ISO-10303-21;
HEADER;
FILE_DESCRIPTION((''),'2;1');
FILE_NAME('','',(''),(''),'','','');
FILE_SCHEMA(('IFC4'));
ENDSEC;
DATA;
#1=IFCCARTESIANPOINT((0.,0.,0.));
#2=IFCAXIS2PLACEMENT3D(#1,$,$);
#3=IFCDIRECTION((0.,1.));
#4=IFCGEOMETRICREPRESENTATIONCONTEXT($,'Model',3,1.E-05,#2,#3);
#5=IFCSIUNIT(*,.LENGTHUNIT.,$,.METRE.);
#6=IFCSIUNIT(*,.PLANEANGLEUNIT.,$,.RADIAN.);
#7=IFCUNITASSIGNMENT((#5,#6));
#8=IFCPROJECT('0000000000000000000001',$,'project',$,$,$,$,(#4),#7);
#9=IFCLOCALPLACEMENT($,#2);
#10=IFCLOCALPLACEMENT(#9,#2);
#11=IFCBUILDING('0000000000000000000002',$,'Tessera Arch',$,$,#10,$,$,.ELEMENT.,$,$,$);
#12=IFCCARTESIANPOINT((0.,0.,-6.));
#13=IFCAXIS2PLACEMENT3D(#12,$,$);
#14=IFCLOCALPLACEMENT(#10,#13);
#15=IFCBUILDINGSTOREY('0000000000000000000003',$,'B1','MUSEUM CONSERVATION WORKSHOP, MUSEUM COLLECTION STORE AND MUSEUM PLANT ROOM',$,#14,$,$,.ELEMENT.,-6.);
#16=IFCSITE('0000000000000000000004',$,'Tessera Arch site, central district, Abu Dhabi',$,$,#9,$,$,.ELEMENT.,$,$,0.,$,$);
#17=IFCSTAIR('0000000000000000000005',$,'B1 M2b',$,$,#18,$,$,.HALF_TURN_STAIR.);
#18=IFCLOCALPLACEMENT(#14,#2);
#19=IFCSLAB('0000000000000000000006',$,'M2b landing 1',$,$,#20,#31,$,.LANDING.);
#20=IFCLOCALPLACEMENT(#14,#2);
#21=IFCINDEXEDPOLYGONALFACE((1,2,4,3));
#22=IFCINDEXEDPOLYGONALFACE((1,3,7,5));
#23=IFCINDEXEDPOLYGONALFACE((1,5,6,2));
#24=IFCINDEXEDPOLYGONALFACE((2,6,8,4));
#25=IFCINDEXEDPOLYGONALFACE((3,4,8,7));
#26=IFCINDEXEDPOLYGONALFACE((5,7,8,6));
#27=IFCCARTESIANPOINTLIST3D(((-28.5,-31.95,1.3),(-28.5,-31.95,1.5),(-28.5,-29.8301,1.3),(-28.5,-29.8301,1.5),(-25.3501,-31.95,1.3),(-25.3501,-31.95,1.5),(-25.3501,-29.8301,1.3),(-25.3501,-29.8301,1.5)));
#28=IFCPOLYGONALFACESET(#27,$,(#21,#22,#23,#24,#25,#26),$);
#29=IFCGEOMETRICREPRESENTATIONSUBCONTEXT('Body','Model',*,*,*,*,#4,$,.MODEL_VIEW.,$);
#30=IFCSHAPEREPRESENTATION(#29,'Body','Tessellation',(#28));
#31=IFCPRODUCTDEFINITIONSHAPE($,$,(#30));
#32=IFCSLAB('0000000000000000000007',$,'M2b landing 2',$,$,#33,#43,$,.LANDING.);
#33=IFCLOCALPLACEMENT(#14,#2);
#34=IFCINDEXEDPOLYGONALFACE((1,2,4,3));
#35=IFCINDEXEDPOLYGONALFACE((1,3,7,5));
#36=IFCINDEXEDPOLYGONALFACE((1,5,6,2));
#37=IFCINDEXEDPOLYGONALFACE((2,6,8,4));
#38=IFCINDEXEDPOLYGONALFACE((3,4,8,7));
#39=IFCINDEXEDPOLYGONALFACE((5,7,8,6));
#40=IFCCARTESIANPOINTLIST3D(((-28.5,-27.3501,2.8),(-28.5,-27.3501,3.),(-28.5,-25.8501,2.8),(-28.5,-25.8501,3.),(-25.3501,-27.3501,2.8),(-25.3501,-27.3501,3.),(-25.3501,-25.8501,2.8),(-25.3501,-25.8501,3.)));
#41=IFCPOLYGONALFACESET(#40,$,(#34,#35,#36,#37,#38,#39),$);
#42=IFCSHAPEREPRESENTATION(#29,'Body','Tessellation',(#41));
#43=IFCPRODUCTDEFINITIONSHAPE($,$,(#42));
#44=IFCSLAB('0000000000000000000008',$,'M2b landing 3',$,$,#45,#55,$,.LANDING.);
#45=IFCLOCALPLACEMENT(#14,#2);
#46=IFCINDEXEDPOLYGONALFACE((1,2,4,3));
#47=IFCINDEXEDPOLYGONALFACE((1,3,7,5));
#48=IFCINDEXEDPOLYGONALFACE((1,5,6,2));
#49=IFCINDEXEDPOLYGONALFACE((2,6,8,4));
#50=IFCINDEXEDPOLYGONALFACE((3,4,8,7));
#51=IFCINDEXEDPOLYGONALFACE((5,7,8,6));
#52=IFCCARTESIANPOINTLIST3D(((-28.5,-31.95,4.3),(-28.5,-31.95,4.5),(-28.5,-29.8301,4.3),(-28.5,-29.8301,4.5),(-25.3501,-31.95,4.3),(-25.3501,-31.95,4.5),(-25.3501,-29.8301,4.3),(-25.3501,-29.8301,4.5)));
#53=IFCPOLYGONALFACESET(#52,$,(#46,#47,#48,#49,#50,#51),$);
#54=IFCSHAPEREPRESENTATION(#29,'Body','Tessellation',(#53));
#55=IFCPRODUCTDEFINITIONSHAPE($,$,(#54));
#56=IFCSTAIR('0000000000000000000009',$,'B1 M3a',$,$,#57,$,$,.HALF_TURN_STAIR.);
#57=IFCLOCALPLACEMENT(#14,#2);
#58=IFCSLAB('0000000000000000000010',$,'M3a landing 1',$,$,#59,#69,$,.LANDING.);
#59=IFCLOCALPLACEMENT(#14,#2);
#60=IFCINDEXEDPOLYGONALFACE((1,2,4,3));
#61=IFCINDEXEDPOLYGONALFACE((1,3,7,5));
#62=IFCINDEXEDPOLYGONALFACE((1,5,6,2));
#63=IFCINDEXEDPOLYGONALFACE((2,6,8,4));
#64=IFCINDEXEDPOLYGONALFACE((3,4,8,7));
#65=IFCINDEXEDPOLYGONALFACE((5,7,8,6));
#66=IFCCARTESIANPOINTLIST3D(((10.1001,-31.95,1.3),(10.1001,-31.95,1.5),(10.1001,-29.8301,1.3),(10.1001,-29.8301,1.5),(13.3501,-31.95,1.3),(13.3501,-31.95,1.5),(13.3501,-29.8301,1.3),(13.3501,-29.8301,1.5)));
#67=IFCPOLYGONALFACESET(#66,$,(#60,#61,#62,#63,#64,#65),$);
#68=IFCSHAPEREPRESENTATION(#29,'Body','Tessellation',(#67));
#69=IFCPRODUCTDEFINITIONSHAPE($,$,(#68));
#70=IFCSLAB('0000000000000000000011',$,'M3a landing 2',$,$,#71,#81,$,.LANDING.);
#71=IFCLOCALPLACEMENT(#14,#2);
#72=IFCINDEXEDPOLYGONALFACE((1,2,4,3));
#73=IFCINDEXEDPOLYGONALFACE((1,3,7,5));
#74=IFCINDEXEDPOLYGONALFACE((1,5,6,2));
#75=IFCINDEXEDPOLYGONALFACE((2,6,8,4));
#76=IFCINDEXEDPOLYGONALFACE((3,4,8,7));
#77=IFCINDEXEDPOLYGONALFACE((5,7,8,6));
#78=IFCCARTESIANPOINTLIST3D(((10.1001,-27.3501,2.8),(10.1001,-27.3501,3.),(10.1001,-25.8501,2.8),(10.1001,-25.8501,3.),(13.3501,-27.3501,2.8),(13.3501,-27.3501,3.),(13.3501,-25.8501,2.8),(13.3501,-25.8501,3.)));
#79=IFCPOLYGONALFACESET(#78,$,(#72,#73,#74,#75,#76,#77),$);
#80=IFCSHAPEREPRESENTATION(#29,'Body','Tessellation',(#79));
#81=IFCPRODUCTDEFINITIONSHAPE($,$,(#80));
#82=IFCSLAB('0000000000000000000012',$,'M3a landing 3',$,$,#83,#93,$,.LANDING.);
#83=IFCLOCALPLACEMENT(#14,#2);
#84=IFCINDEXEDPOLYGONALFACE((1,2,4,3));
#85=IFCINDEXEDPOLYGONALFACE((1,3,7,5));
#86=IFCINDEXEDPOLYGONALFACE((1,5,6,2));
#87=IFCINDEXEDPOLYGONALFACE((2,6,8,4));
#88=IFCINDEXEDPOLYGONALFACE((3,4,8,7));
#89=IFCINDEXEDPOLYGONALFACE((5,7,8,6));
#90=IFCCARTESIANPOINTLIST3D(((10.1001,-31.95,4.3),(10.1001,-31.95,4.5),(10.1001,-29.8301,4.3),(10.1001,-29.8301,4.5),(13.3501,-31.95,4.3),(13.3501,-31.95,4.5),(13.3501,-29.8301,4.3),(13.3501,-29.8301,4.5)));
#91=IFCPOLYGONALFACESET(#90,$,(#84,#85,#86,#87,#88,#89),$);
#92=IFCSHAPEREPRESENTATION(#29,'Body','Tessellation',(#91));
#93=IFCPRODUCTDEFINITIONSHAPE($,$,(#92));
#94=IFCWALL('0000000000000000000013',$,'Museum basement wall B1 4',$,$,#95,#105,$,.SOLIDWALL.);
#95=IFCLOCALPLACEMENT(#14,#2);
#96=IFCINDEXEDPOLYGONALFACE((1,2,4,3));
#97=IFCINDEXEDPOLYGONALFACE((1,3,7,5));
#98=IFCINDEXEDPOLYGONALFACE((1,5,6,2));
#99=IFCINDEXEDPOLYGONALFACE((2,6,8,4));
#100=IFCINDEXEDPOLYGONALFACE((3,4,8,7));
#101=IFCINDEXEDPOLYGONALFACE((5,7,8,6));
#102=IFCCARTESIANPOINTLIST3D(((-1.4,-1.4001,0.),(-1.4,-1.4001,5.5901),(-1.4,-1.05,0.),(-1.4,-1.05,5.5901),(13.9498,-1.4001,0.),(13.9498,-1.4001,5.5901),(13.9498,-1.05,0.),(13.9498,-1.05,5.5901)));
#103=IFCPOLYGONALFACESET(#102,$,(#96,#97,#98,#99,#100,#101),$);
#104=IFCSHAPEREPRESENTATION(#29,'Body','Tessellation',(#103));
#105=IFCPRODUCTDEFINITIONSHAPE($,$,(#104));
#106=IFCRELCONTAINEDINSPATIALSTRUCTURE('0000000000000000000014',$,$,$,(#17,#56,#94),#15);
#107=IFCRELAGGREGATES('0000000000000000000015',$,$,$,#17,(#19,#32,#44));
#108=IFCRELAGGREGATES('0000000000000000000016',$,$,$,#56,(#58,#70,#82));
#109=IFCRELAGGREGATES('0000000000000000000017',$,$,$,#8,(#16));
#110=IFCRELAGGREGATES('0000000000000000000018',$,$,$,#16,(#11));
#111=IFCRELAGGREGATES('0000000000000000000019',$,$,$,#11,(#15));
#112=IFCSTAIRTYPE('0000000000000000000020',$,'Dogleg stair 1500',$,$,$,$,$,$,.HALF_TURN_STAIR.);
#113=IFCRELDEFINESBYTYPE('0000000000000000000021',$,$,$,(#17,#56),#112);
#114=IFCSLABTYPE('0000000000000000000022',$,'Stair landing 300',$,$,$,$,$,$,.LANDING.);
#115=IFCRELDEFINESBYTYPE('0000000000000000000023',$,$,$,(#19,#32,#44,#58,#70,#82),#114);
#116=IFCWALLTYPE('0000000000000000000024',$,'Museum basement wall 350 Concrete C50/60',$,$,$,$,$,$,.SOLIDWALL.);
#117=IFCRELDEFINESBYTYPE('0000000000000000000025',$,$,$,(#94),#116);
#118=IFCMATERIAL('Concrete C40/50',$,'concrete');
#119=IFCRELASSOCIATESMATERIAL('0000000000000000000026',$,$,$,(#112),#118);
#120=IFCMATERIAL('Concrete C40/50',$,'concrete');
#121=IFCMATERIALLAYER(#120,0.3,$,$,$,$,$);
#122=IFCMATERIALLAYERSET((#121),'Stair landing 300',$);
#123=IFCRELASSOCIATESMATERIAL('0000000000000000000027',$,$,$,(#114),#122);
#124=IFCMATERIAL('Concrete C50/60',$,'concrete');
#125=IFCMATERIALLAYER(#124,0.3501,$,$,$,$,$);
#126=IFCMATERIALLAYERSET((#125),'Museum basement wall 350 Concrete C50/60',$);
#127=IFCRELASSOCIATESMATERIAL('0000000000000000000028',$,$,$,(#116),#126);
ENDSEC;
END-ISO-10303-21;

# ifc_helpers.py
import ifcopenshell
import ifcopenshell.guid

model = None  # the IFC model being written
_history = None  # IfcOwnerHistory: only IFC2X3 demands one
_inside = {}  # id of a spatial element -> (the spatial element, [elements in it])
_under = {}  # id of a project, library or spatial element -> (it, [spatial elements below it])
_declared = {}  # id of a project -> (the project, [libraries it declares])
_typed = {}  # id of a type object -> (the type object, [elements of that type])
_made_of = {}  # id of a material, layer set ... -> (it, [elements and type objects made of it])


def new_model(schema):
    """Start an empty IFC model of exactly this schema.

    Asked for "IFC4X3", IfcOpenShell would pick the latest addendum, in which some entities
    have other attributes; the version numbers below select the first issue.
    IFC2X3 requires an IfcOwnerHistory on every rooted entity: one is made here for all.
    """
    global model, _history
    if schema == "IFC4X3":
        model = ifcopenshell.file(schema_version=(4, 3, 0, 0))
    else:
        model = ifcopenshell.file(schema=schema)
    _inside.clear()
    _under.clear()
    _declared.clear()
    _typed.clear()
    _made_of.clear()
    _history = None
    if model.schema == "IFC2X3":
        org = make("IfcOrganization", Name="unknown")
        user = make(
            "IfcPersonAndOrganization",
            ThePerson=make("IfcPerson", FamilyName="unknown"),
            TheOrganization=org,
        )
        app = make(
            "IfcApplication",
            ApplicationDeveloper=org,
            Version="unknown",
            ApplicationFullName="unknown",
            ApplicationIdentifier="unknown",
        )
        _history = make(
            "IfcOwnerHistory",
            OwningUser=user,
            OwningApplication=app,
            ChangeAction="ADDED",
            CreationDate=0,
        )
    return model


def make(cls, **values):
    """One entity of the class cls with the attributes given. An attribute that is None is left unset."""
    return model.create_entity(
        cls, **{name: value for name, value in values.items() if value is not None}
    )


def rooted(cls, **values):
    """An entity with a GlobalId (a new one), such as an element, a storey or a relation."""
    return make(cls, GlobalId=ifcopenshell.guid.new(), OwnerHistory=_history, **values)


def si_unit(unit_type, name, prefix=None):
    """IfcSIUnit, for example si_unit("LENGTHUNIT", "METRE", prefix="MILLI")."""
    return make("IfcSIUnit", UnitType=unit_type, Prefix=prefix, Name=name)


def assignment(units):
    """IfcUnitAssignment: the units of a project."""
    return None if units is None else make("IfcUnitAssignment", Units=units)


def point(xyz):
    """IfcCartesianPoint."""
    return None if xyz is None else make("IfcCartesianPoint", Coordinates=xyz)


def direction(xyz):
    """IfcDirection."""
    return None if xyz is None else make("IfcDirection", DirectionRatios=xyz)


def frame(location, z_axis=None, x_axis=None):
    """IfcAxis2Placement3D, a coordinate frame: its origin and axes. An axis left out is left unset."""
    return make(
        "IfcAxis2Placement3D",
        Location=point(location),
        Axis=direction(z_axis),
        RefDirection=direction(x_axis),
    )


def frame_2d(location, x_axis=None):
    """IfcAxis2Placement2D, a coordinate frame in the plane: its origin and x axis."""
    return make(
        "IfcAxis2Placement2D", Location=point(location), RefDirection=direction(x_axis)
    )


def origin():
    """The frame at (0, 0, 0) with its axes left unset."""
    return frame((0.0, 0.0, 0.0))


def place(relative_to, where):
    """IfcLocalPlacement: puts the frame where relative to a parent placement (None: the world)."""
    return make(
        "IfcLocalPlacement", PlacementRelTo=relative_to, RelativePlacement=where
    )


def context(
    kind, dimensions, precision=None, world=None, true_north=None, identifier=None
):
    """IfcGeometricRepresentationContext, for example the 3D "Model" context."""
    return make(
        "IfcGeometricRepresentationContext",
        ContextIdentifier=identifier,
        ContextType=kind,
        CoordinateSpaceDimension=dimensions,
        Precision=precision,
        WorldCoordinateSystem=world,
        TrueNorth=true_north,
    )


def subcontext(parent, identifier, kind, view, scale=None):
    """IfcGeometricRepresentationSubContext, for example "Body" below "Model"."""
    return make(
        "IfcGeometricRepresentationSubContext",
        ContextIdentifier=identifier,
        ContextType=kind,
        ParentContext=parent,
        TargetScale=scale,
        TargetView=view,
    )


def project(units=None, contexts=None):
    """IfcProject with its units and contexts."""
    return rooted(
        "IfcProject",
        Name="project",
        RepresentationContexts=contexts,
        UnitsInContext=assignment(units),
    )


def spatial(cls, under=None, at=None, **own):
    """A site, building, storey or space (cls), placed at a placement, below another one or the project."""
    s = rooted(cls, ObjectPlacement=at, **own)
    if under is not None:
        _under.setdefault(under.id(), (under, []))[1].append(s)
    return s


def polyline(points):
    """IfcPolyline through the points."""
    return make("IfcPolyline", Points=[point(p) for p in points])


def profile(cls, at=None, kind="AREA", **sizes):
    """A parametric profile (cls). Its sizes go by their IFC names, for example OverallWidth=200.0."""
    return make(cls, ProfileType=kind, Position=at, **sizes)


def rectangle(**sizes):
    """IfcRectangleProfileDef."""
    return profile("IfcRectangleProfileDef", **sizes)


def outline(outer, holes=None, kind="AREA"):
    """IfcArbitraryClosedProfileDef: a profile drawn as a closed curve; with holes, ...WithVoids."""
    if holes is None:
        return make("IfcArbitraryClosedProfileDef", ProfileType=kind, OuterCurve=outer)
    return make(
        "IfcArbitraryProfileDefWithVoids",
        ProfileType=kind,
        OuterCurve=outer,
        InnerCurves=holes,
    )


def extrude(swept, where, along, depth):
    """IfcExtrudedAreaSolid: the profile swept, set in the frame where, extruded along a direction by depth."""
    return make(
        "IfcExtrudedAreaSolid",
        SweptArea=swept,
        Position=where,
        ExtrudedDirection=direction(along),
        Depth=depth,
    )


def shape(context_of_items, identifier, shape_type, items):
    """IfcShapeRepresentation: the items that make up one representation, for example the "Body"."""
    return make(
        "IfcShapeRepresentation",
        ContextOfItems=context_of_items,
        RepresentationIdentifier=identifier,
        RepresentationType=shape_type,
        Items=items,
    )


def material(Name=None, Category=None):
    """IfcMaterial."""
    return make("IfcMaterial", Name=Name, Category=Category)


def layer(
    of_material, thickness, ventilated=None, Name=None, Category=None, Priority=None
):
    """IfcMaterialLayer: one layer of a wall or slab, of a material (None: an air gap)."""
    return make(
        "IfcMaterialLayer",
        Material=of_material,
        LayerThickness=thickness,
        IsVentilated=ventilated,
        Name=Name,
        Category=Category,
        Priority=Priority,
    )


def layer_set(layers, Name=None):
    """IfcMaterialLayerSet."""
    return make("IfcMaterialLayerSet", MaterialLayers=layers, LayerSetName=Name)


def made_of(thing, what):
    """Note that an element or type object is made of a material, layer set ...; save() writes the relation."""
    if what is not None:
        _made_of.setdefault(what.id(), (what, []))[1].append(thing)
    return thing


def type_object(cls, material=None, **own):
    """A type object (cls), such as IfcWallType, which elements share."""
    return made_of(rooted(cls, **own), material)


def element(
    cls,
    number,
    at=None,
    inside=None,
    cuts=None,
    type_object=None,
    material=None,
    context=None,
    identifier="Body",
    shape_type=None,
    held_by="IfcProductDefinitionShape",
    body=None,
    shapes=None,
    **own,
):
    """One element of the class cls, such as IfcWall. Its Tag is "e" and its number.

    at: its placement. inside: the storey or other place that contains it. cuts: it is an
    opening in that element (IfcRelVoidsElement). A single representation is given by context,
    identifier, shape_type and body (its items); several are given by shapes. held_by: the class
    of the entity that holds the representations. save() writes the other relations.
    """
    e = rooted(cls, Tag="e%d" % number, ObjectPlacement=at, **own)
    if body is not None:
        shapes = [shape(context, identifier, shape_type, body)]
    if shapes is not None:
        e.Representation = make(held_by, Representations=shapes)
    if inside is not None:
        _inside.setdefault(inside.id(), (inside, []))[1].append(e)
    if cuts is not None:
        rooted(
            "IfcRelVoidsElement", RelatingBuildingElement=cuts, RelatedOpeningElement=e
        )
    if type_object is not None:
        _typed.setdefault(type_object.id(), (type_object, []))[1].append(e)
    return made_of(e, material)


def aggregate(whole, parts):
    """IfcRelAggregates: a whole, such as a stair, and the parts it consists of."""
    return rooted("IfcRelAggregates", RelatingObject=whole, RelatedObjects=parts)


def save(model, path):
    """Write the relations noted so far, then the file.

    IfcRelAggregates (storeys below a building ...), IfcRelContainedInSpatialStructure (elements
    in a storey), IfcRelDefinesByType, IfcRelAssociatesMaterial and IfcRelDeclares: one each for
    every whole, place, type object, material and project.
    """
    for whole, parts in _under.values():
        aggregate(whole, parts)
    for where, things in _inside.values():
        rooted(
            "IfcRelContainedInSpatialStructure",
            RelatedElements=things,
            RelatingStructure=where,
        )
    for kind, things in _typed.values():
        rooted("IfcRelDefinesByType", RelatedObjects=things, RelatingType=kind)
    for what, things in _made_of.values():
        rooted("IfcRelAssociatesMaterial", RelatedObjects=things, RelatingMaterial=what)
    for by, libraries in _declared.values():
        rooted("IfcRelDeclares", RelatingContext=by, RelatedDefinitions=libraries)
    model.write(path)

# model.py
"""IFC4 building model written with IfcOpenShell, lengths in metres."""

from ifc_helpers import new_model, si_unit, direction, frame, frame_2d, origin, place, context, subcontext, project, spatial, polyline, rectangle, outline, extrude, material, layer, layer_set, type_object, element, aggregate, save


model = new_model("IFC4")

# Units and contexts
model_context = context("Model", 3, precision=1e-05, world=origin(), true_north=direction((0.0, 1.0)))
body_context = subcontext(model_context, "Body", "Model", "MODEL_VIEW")
ifc_project = project(units=[si_unit("LENGTHUNIT", "METRE"), si_unit("PLANEANGLEUNIT", "RADIAN")], contexts=[model_context])

# Site, building, storey
site_placement = place(None, origin())
site = spatial("IfcSite", under=ifc_project, at=site_placement, Name="Tessera Arch site, central district, Abu Dhabi", CompositionType="ELEMENT", RefElevation=0.0)
building_placement = place(site_placement, origin())
building = spatial("IfcBuilding", under=site, at=building_placement, Name="Tessera Arch", CompositionType="ELEMENT")
storey_placement = place(building_placement, frame((0.0, 0.0, -6.0)))
storey = spatial("IfcBuildingStorey", under=building, at=storey_placement, Name="B1", Description="MUSEUM CONSERVATION WORKSHOP, MUSEUM COLLECTION STORE AND MUSEUM PLANT ROOM", CompositionType="ELEMENT", Elevation=-6.0)

# Stairs, slabs
ifc_material_1 = material(Name="Concrete C40/50", Category="concrete")
stair_type = type_object("IfcStairType", Name="Dogleg stair 1500", PredefinedType="HALF_TURN_STAIR", material=ifc_material_1)
ifc_material_2 = material(Name="Concrete C40/50", Category="concrete")
ifc_layer_1 = layer(ifc_material_2, 0.3)
ifc_layer_set_1 = layer_set([ifc_layer_1], Name="Stair landing 300")
slab_type_1 = type_object("IfcSlabType", Name="Stair landing 300", PredefinedType="LANDING", material=ifc_layer_set_1)
stair_1_placement = place(storey_placement, origin())
stair_1 = element("IfcStair", 1, at=stair_1_placement, inside=storey, type_object=stair_type, Name="B1 M2b", PredefinedType="HALF_TURN_STAIR")
slab_1_placement = place(storey_placement, frame((0.0, 0.0, 1.3)))
slab_1 = element("IfcSlab", 2, at=slab_1_placement, type_object=slab_type_1, Name="M2b landing 1", PredefinedType="LANDING", context=body_context, shape_type="SweptSolid", body=[
    extrude(outline(polyline([(-28.5, -29.8301), (-28.5, -31.95), (-25.3501, -31.95), (-25.3501, -29.8301), (-28.5, -29.8301)])), origin(), (0.0, 0.0, 1.0), 0.2),
])
slab_2_placement = place(storey_placement, frame((0.0, 0.0, 2.8)))
slab_2 = element("IfcSlab", 3, at=slab_2_placement, type_object=slab_type_1, Name="M2b landing 2", PredefinedType="LANDING", context=body_context, shape_type="SweptSolid", body=[
    extrude(outline(polyline([(-28.5, -25.8501), (-28.5, -27.3501), (-25.3501, -27.3501), (-25.3501, -25.8501), (-28.5, -25.8501)])), origin(), (0.0, 0.0, 1.0), 0.2),
])
slab_3_placement = place(storey_placement, frame((0.0, 0.0, 4.3)))
slab_3 = element("IfcSlab", 4, at=slab_3_placement, type_object=slab_type_1, Name="M2b landing 3", PredefinedType="LANDING", context=body_context, shape_type="SweptSolid", body=[
    extrude(outline(polyline([(-28.5, -29.8301), (-28.5, -31.95), (-25.3501, -31.95), (-25.3501, -29.8301), (-28.5, -29.8301)])), origin(), (0.0, 0.0, 1.0), 0.2),
])
aggregate(stair_1, [slab_1, slab_2, slab_3])
stair_2_placement = place(storey_placement, origin())
stair_2 = element("IfcStair", 5, at=stair_2_placement, inside=storey, type_object=stair_type, Name="B1 M3a", PredefinedType="HALF_TURN_STAIR")
slab_4_placement = place(storey_placement, frame((0.0, 0.0, 1.3)))
slab_4 = element("IfcSlab", 6, at=slab_4_placement, type_object=slab_type_1, Name="M3a landing 1", PredefinedType="LANDING", context=body_context, shape_type="SweptSolid", body=[
    extrude(outline(polyline([(10.1001, -29.8301), (10.1001, -31.95), (13.3501, -31.95), (13.3501, -29.8301), (10.1001, -29.8301)])), origin(), (0.0, 0.0, 1.0), 0.2),
])
slab_5_placement = place(storey_placement, frame((0.0, 0.0, 2.8)))
slab_5 = element("IfcSlab", 7, at=slab_5_placement, type_object=slab_type_1, Name="M3a landing 2", PredefinedType="LANDING", context=body_context, shape_type="SweptSolid", body=[
    extrude(outline(polyline([(10.1001, -25.8501), (10.1001, -27.3501), (13.3501, -27.3501), (13.3501, -25.8501), (10.1001, -25.8501)])), origin(), (0.0, 0.0, 1.0), 0.2),
])
slab_6_placement = place(storey_placement, frame((0.0, 0.0, 4.3)))
slab_6 = element("IfcSlab", 8, at=slab_6_placement, type_object=slab_type_1, Name="M3a landing 3", PredefinedType="LANDING", context=body_context, shape_type="SweptSolid", body=[
    extrude(outline(polyline([(10.1001, -29.8301), (10.1001, -31.95), (13.3501, -31.95), (13.3501, -29.8301), (10.1001, -29.8301)])), origin(), (0.0, 0.0, 1.0), 0.2),
])
aggregate(stair_2, [slab_4, slab_5, slab_6])

# Wall
ifc_material_3 = material(Name="Concrete C50/60", Category="concrete")
ifc_layer_2 = layer(ifc_material_3, 0.3501)
ifc_layer_set_2 = layer_set([ifc_layer_2], Name="Museum basement wall 350 Concrete C50/60")
wall_type = type_object("IfcWallType", Name="Museum basement wall 350 Concrete C50/60", PredefinedType="SOLIDWALL", material=ifc_layer_set_2)
wall_placement = place(storey_placement, frame((-1.3999, -1.2251, 0.0), z_axis=(0.0, 0.0, 1.0), x_axis=(1.0, 0.0, 0.0)))
element("IfcWall", 9, at=wall_placement, inside=storey, type_object=wall_type, Name="Museum basement wall B1 4", PredefinedType="SOLIDWALL", context=body_context, shape_type="SweptSolid", body=[
    extrude(rectangle(XDim=15.3499, YDim=0.3501, at=frame_2d((7.6748, 0.0))), origin(), (0.0, 0.0, 1.0), 5.5901),
])

save(model, "model.ifc")
